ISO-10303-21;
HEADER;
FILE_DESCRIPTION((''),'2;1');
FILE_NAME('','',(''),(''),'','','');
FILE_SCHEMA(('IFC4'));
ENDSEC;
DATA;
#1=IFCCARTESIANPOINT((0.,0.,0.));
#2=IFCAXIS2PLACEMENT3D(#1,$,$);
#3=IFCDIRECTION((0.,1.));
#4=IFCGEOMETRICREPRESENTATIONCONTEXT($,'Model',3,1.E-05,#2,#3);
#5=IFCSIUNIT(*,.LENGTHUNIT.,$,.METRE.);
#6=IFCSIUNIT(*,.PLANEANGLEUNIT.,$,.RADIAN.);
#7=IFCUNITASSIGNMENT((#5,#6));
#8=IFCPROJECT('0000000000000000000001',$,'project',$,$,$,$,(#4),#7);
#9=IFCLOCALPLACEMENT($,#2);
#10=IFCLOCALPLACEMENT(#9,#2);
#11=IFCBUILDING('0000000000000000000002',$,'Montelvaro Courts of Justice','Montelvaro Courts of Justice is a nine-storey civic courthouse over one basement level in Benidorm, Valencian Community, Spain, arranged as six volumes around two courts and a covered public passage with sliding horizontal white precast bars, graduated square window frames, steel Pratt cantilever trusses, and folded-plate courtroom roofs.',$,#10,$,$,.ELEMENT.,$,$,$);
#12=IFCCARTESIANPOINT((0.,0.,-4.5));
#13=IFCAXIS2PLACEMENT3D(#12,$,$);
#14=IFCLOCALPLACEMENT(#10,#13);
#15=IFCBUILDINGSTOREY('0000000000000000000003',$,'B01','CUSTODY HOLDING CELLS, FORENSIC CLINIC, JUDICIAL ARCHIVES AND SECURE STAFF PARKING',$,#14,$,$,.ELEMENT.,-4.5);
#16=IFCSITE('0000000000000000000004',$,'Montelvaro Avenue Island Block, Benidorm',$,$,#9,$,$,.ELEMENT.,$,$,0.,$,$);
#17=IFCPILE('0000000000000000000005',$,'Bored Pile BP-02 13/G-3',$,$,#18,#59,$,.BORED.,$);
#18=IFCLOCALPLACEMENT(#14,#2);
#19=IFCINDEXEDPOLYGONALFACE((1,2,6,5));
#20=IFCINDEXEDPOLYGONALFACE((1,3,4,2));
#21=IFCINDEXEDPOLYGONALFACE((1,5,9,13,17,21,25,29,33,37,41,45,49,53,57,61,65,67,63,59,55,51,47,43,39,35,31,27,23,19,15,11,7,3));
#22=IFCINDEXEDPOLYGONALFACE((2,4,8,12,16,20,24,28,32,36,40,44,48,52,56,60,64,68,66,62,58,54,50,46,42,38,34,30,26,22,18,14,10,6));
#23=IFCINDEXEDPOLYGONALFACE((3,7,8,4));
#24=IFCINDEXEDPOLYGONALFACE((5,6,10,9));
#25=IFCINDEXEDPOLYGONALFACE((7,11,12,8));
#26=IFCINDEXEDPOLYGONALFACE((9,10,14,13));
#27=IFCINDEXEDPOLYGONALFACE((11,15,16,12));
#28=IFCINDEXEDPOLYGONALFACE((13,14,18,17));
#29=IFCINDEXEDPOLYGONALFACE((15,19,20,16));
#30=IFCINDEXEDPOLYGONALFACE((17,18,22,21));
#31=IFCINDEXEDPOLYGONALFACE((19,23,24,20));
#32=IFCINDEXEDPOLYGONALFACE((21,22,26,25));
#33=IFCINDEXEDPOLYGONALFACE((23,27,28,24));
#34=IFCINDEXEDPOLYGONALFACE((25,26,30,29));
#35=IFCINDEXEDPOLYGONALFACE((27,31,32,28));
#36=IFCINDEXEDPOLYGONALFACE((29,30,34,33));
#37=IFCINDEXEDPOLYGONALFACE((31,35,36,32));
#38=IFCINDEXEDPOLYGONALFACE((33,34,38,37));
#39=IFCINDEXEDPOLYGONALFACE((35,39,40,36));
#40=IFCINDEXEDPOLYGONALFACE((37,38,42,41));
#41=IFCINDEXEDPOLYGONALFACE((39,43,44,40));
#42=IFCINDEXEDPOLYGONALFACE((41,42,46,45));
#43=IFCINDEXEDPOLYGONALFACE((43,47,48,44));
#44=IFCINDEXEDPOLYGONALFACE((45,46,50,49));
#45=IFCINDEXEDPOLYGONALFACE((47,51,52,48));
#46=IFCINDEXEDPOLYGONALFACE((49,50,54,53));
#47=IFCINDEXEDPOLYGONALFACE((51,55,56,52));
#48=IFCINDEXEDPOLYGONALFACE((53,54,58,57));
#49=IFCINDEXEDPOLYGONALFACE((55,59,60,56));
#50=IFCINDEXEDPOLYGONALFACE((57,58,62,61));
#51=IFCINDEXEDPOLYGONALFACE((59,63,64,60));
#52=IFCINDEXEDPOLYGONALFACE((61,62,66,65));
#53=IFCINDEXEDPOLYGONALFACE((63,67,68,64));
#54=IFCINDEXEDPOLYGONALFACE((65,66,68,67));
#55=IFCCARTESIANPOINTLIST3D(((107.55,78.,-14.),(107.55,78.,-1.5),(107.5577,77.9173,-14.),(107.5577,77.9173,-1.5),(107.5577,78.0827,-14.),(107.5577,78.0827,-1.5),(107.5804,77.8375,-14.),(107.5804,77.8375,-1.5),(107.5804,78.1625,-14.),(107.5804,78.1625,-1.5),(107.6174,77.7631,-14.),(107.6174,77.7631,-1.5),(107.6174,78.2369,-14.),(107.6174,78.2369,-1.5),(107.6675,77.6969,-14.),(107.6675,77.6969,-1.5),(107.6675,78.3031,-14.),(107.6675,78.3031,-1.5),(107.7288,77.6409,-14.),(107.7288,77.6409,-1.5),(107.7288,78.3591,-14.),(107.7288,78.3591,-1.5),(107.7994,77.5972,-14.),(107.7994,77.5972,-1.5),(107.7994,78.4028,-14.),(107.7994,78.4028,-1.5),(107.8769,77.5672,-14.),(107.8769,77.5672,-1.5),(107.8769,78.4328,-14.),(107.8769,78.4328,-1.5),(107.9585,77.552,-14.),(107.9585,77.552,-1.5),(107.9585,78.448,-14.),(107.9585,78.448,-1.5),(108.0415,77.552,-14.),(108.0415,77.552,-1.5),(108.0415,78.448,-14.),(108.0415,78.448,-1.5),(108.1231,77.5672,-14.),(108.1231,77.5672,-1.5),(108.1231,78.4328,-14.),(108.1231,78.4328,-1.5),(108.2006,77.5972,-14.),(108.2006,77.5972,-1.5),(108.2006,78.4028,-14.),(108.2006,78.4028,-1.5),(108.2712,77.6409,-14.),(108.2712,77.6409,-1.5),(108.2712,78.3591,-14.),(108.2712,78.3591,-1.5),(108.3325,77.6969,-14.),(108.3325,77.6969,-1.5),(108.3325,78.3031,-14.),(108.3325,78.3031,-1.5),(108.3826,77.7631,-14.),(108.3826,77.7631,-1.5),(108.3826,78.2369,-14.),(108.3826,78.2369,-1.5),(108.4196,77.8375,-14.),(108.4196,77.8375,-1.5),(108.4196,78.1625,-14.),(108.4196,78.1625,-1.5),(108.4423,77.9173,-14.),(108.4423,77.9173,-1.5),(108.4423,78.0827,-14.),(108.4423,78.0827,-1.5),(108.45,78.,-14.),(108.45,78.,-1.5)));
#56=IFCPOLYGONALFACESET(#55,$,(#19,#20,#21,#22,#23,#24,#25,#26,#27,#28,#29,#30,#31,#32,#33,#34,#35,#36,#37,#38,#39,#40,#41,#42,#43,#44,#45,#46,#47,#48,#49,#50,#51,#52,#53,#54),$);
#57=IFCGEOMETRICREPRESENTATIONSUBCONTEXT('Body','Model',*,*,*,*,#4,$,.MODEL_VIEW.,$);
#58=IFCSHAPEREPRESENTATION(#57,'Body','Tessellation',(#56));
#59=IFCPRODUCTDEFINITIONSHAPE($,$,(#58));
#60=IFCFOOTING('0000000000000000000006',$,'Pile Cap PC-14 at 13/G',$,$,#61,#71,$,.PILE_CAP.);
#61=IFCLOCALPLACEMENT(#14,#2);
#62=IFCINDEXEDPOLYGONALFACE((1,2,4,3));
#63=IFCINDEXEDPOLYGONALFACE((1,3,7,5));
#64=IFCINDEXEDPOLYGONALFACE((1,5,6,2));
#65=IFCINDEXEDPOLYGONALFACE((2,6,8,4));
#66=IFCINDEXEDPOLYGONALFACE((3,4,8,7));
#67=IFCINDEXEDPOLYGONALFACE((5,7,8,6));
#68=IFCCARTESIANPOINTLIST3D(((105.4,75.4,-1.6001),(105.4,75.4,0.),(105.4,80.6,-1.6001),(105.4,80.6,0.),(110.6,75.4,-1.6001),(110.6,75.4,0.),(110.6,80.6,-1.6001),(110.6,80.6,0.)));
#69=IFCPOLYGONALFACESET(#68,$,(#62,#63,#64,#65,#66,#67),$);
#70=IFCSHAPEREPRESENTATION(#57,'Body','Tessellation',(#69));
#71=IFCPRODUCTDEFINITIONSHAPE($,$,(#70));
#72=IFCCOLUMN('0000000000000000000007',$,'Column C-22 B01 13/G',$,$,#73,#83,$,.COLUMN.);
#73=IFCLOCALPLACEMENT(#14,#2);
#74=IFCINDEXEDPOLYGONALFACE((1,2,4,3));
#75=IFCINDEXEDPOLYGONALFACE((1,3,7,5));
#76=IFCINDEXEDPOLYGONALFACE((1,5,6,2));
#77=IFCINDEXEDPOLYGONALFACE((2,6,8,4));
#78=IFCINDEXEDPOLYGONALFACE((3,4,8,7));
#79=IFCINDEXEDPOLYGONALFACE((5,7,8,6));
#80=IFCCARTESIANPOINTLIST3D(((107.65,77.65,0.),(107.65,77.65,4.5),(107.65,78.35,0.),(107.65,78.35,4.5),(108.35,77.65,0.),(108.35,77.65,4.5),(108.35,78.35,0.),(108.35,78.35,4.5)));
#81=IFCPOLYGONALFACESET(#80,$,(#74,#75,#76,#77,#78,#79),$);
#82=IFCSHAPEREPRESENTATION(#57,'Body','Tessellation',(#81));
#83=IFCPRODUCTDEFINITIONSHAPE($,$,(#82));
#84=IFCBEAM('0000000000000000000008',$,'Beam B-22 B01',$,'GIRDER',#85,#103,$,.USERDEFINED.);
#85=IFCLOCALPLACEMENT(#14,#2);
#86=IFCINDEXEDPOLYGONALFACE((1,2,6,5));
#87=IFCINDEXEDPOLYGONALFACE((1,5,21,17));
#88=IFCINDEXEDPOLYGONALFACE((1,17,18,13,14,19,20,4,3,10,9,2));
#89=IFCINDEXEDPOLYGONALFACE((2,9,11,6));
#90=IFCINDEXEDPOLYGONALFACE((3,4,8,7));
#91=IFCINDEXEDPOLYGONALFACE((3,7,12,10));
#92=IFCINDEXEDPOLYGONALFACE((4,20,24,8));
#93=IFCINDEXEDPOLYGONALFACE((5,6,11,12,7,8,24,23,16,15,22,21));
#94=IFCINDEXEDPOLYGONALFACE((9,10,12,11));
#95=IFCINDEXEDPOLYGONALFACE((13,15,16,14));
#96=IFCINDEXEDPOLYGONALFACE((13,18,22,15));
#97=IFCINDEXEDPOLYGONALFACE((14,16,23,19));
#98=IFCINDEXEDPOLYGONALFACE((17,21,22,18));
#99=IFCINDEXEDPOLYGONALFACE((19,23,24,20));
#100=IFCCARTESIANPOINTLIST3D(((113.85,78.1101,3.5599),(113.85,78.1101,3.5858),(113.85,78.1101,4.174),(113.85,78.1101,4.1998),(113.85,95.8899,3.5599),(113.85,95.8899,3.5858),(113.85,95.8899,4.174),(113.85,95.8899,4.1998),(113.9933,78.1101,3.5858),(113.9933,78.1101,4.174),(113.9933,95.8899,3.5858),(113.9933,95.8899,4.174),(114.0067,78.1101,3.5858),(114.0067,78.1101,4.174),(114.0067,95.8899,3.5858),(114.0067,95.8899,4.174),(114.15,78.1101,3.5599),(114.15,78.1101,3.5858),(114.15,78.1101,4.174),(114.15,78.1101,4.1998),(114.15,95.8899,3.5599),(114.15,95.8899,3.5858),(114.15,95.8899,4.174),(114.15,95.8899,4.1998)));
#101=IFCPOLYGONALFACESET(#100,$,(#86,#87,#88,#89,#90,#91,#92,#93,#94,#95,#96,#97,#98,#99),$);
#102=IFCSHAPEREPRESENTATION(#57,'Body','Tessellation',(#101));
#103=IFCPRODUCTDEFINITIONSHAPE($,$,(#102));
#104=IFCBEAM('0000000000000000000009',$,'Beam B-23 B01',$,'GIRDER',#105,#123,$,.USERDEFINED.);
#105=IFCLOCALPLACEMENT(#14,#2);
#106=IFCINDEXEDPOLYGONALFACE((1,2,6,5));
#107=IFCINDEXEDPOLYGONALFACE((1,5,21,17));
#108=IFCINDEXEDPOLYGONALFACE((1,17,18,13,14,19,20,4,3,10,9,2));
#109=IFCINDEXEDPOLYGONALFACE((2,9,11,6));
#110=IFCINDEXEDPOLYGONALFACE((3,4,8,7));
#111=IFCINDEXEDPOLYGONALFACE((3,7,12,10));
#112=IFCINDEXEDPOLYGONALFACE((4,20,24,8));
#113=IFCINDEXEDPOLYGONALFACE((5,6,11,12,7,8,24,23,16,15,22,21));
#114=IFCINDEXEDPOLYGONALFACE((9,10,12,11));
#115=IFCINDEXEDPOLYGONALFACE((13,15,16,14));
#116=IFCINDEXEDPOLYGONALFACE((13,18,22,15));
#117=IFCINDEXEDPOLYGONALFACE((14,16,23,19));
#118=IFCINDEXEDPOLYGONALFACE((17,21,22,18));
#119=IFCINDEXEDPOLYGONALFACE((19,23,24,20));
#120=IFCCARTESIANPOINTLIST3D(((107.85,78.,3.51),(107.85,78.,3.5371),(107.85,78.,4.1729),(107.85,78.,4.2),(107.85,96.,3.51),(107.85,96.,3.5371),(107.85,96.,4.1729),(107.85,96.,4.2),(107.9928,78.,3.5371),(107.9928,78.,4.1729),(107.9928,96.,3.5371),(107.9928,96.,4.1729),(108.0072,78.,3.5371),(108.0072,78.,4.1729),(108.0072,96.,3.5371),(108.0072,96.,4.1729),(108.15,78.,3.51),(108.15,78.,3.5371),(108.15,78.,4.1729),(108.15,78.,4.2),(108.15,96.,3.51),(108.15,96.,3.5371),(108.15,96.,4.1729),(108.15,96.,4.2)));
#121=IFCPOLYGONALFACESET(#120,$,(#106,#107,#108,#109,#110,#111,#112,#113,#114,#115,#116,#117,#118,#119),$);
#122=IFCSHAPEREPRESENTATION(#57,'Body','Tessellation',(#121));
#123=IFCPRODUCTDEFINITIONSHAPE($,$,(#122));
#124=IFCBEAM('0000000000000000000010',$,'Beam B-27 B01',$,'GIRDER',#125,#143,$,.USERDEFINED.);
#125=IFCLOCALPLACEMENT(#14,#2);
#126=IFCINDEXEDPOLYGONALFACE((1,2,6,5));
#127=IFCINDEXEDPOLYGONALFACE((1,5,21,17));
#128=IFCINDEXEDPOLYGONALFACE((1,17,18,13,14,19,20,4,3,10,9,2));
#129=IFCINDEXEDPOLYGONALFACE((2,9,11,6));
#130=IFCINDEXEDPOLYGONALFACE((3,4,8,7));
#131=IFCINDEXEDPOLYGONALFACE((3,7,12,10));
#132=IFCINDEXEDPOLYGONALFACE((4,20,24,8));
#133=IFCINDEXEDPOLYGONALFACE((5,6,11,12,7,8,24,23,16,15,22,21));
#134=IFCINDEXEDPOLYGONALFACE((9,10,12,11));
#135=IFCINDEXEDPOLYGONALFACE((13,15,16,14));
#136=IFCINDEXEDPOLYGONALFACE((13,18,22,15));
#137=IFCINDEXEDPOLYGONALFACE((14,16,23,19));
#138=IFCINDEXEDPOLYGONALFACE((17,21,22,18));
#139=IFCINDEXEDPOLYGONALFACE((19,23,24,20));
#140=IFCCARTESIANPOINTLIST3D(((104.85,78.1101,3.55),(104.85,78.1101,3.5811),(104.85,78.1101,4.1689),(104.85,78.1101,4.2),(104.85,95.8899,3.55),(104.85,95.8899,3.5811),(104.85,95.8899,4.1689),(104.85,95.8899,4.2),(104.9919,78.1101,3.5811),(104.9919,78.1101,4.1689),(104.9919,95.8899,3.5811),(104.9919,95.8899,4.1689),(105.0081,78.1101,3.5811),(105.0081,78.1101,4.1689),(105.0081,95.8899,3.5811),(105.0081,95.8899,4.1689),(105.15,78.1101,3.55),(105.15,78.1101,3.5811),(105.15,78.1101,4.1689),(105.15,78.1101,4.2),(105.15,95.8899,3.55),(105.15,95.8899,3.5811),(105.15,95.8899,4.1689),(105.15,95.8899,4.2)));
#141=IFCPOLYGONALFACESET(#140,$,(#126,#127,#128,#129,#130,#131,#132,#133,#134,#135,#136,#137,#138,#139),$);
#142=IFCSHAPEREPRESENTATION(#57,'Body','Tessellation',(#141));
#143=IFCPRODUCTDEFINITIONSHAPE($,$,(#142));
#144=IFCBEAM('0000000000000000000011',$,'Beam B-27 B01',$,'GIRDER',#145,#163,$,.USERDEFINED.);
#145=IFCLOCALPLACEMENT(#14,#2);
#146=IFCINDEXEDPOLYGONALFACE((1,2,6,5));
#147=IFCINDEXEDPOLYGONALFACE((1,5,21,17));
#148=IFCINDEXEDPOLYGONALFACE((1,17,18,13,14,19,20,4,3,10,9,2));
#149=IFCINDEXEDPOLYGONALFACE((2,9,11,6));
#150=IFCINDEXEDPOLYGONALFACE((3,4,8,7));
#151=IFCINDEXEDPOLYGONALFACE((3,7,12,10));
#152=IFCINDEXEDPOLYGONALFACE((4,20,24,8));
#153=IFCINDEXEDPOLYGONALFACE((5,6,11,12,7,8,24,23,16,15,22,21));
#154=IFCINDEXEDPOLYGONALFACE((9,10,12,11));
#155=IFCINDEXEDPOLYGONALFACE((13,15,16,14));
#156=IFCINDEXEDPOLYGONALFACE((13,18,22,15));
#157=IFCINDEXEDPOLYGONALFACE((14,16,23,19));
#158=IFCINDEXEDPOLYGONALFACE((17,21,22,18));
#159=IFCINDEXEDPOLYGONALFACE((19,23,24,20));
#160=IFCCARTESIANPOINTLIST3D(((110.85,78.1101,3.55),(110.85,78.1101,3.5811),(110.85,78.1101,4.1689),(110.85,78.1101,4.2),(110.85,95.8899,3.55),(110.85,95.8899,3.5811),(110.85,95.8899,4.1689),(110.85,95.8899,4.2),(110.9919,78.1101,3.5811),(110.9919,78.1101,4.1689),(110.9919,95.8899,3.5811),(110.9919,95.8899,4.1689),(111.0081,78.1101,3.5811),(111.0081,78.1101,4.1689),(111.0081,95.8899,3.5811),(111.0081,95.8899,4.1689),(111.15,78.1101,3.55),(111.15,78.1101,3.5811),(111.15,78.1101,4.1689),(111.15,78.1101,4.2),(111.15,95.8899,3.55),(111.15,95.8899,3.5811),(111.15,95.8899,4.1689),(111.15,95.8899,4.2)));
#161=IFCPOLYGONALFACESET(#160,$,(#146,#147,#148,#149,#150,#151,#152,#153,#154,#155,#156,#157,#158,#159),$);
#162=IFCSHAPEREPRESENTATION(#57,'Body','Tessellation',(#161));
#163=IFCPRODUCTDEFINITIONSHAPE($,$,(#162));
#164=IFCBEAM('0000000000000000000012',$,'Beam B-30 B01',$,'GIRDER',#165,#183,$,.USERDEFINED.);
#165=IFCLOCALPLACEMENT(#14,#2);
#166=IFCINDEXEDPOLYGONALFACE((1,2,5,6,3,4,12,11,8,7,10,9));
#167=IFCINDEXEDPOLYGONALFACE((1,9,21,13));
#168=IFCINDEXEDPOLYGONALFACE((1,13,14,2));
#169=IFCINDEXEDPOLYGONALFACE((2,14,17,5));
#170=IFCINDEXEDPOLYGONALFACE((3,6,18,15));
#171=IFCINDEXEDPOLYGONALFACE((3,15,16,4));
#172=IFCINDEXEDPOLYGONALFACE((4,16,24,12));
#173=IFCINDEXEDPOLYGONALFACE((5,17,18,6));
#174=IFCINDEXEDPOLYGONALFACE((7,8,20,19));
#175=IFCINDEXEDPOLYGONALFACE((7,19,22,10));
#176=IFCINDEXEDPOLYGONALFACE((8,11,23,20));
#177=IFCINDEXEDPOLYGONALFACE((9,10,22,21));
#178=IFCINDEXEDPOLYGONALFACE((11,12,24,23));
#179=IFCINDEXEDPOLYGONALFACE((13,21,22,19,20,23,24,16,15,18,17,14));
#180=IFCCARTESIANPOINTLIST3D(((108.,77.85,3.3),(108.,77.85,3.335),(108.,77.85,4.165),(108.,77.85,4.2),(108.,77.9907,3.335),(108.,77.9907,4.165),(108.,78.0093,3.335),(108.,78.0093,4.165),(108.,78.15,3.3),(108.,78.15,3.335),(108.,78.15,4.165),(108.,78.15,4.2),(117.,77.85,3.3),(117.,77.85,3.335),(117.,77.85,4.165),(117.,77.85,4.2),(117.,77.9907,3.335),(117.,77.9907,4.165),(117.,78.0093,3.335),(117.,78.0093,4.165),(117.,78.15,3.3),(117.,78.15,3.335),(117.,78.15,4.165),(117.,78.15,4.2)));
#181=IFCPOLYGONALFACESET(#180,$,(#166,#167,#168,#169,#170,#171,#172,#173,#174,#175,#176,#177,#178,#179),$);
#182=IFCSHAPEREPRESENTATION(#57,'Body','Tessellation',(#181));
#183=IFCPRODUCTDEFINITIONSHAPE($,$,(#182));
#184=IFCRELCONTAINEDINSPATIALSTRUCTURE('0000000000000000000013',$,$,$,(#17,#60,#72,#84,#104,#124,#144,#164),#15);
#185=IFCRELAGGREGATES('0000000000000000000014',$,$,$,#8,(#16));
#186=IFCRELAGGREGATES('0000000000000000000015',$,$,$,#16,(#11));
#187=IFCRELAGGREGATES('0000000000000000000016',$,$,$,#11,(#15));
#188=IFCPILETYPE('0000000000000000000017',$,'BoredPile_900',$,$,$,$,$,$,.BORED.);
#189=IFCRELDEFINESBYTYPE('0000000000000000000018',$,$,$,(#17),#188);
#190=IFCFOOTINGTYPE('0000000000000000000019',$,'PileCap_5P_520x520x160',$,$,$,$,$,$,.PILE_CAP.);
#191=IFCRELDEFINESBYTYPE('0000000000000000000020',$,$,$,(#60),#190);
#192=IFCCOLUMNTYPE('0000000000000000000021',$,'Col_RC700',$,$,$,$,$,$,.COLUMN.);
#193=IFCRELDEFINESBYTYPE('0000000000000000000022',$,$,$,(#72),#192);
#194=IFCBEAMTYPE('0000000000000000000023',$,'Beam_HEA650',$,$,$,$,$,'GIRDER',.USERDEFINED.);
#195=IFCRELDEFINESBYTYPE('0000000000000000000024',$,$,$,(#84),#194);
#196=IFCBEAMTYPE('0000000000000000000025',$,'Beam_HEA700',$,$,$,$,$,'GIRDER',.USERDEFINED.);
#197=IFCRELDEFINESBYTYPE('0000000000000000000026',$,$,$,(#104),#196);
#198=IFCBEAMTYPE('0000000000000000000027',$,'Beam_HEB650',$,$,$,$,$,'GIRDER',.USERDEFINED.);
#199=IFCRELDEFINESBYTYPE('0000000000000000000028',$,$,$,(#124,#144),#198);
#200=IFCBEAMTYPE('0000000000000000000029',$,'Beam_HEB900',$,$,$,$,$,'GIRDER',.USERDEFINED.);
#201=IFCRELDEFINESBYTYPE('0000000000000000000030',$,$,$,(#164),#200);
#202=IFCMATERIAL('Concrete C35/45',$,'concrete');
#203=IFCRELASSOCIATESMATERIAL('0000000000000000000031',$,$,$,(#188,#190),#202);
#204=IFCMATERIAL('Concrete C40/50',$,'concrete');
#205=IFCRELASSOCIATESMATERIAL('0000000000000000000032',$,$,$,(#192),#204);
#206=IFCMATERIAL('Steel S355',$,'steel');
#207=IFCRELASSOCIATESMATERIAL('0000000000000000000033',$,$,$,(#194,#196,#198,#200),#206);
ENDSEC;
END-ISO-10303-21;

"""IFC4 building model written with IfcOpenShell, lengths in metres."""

from ifc_helpers import new_model, si_unit, direction, frame, origin, origin_2d, place, context, subcontext, project, spatial, rectangle, circle, i_section, extrude, material, material_profile, profile_set, type_object, element, save


model = new_model("IFC4")

# Units and contexts
model_context = context("Model", 3, precision=1e-05, world=origin(), true_north=direction((0.0, 1.0)))
body_context = subcontext(model_context, "Body", "Model", "MODEL_VIEW")
ifc_project = project(units=[si_unit("LENGTHUNIT", "METRE"), si_unit("PLANEANGLEUNIT", "RADIAN")], contexts=[model_context])

# Site, building, storey
site_placement = place(None, origin())
site = spatial("IfcSite", under=ifc_project, at=site_placement, Name="Montelvaro Avenue Island Block, Benidorm", CompositionType="ELEMENT", RefElevation=0.0)
building_placement = place(site_placement, origin())
building = spatial("IfcBuilding", under=site, at=building_placement, Name="Montelvaro Courts of Justice", Description="Montelvaro Courts of Justice is a nine-storey civic courthouse over one basement level in Benidorm, Valencian Community, Spain, arranged as six volumes around two courts and a covered public passage with sliding horizontal white precast bars, graduated square window frames, steel Pratt cantilever trusses, and folded-plate courtroom roofs.", CompositionType="ELEMENT")
storey_placement = place(building_placement, frame((0.0, 0.0, -4.5)))
storey = spatial("IfcBuildingStorey", under=building, at=storey_placement, Name="B01", Description="CUSTODY HOLDING CELLS, FORENSIC CLINIC, JUDICIAL ARCHIVES AND SECURE STAFF PARKING", CompositionType="ELEMENT", Elevation=-4.5)

# Pile
ifc_material_1 = material(Name="Concrete C35/45", Category="concrete")
ifc_material_profile_1 = material_profile(ifc_material_1, circle(Radius=0.45, at=origin_2d()), Name="BORED PILE D900")
ifc_profile_set_1 = profile_set([ifc_material_profile_1], Name="Concrete C35/45")
pile_type_1 = type_object("IfcPileType", Name="BoredPile_900", PredefinedType="BORED", material=ifc_profile_set_1)
for number, where, z_axis, x_axis, name in (
    (1, (108.0, 78.0, -1.5), (0.0, 0.0, -1.0), (1.0, 0.0, 0.0), "Bored Pile BP-02 13/G-3"),
):
    element("IfcPile", number, at=place(storey_placement, frame(where, z_axis=z_axis, x_axis=x_axis)), inside=storey, type_object=pile_type_1, Name=name, PredefinedType="BORED", context=body_context, shape_type="SweptSolid", body=[
        extrude(circle(Radius=0.45, at=origin_2d()), origin(), (0.0, 0.0, 1.0), 12.5),
    ])

# Footing
footing_type = type_object("IfcFootingType", Name="PileCap_5P_520x520x160", PredefinedType="PILE_CAP", material=ifc_material_1)
footing_placement = place(storey_placement, frame((108.0, 78.0, -1.6001), z_axis=(0.0, 0.0, 1.0), x_axis=(1.0, 0.0, 0.0)))
element("IfcFooting", 2, at=footing_placement, inside=storey, type_object=footing_type, Name="Pile Cap PC-14 at 13/G", PredefinedType="PILE_CAP", context=body_context, shape_type="SweptSolid", body=[
    extrude(rectangle(XDim=5.2, YDim=5.2, at=origin_2d()), origin(), (0.0, 0.0, 1.0), 1.6001),
])

# Column
ifc_material_2 = material(Name="Concrete C40/50", Category="concrete")
ifc_material_profile_2 = material_profile(ifc_material_2, rectangle(XDim=0.7, YDim=0.7, at=origin_2d()), Name="RC 700x700")
ifc_profile_set_2 = profile_set([ifc_material_profile_2], Name="Concrete C40/50")
column_type = type_object("IfcColumnType", Name="Col_RC700", PredefinedType="COLUMN", material=ifc_profile_set_2)
column_placement = place(storey_placement, frame((108.0, 78.0, 0.0), z_axis=(0.0, 0.0, 1.0), x_axis=(1.0, 0.0, 0.0)))
element("IfcColumn", 3, at=column_placement, inside=storey, type_object=column_type, Name="Column C-22 B01 13/G", PredefinedType="COLUMN", context=body_context, shape_type="SweptSolid", body=[
    extrude(rectangle(XDim=0.7, YDim=0.7, at=origin_2d()), origin(), (0.0, 0.0, 1.0), 4.5),
])

# Beams
ifc_material_3 = material(Name="Steel S355", Category="steel")
ifc_material_profile_3 = material_profile(ifc_material_3, i_section(OverallWidth=0.3, OverallDepth=0.6399, WebThickness=0.0134, FlangeThickness=0.0259, at=origin_2d()), Name="HEA 650")
ifc_profile_set_3 = profile_set([ifc_material_profile_3], Name="Steel S355")
beam_type_1 = type_object("IfcBeamType", Name="Beam_HEA650", ElementType="GIRDER", PredefinedType="USERDEFINED", material=ifc_profile_set_3)
beam_1_placement = place(storey_placement, frame((114.0, 78.1101, 3.8799), z_axis=(0.0, 1.0, 0.0), x_axis=(-1.0, 0.0, 0.0)))
element("IfcBeam", 4, at=beam_1_placement, inside=storey, type_object=beam_type_1, Name="Beam B-22 B01", ObjectType="GIRDER", PredefinedType="USERDEFINED", context=body_context, shape_type="SweptSolid", body=[
    extrude(i_section(OverallWidth=0.3, OverallDepth=0.6399, WebThickness=0.0134, FlangeThickness=0.0259, at=origin_2d()), origin(), (0.0, 0.0, 1.0), 17.7798),
])
ifc_material_profile_4 = material_profile(ifc_material_3, i_section(OverallWidth=0.3, OverallDepth=0.6899, WebThickness=0.0144, FlangeThickness=0.0271, at=origin_2d()), Name="HEA 700")
ifc_profile_set_4 = profile_set([ifc_material_profile_4], Name="Steel S355")
beam_type_2 = type_object("IfcBeamType", Name="Beam_HEA700", ElementType="GIRDER", PredefinedType="USERDEFINED", material=ifc_profile_set_4)
beam_2_placement = place(storey_placement, frame((108.0, 78.0, 3.855), z_axis=(0.0, 1.0, 0.0), x_axis=(-1.0, 0.0, 0.0)))
element("IfcBeam", 5, at=beam_2_placement, inside=storey, type_object=beam_type_2, Name="Beam B-23 B01", ObjectType="GIRDER", PredefinedType="USERDEFINED", context=body_context, shape_type="SweptSolid", body=[
    extrude(i_section(OverallWidth=0.3, OverallDepth=0.6899, WebThickness=0.0144, FlangeThickness=0.0271, at=origin_2d()), origin(), (0.0, 0.0, 1.0), 18.0),
])
ifc_material_profile_5 = material_profile(ifc_material_3, i_section(OverallWidth=0.3, OverallDepth=0.6499, WebThickness=0.0161, FlangeThickness=0.031, at=origin_2d()), Name="HEB 650")
ifc_profile_set_5 = profile_set([ifc_material_profile_5], Name="Steel S355")
beam_type_3 = type_object("IfcBeamType", Name="Beam_HEB650", ElementType="GIRDER", PredefinedType="USERDEFINED", material=ifc_profile_set_5)
for number, where, z_axis, x_axis, name in (
    (6, (105.0, 78.1101, 3.875), (0.0, 1.0, 0.0), (-1.0, 0.0, 0.0), "Beam B-27 B01"),
    (7, (111.0, 78.1101, 3.875), (0.0, 1.0, 0.0), (-1.0, 0.0, 0.0), "Beam B-27 B01"),
):
    element("IfcBeam", number, at=place(storey_placement, frame(where, z_axis=z_axis, x_axis=x_axis)), inside=storey, type_object=beam_type_3, Name=name, ObjectType="GIRDER", PredefinedType="USERDEFINED", context=body_context, shape_type="SweptSolid", body=[
        extrude(i_section(OverallWidth=0.3, OverallDepth=0.6499, WebThickness=0.0161, FlangeThickness=0.031, at=origin_2d()), origin(), (0.0, 0.0, 1.0), 17.7798),
    ])
ifc_material_profile_6 = material_profile(ifc_material_3, i_section(OverallWidth=0.3, OverallDepth=0.8999, WebThickness=0.0186, FlangeThickness=0.0349, at=origin_2d()), Name="HEB 900")
ifc_profile_set_6 = profile_set([ifc_material_profile_6], Name="Steel S355")
beam_type_4 = type_object("IfcBeamType", Name="Beam_HEB900", ElementType="GIRDER", PredefinedType="USERDEFINED", material=ifc_profile_set_6)
beam_3_placement = place(storey_placement, frame((108.0, 78.0, 3.75), z_axis=(1.0, 0.0, 0.0), x_axis=(0.0, 1.0, 0.0)))
element("IfcBeam", 8, at=beam_3_placement, inside=storey, type_object=beam_type_4, Name="Beam B-30 B01", ObjectType="GIRDER", PredefinedType="USERDEFINED", context=body_context, shape_type="SweptSolid", body=[
    extrude(i_section(OverallWidth=0.3, OverallDepth=0.8999, WebThickness=0.0186, FlangeThickness=0.0349, at=origin_2d()), origin(), (0.0, 0.0, 1.0), 9.0),
])

save(model, "model.ifc")
